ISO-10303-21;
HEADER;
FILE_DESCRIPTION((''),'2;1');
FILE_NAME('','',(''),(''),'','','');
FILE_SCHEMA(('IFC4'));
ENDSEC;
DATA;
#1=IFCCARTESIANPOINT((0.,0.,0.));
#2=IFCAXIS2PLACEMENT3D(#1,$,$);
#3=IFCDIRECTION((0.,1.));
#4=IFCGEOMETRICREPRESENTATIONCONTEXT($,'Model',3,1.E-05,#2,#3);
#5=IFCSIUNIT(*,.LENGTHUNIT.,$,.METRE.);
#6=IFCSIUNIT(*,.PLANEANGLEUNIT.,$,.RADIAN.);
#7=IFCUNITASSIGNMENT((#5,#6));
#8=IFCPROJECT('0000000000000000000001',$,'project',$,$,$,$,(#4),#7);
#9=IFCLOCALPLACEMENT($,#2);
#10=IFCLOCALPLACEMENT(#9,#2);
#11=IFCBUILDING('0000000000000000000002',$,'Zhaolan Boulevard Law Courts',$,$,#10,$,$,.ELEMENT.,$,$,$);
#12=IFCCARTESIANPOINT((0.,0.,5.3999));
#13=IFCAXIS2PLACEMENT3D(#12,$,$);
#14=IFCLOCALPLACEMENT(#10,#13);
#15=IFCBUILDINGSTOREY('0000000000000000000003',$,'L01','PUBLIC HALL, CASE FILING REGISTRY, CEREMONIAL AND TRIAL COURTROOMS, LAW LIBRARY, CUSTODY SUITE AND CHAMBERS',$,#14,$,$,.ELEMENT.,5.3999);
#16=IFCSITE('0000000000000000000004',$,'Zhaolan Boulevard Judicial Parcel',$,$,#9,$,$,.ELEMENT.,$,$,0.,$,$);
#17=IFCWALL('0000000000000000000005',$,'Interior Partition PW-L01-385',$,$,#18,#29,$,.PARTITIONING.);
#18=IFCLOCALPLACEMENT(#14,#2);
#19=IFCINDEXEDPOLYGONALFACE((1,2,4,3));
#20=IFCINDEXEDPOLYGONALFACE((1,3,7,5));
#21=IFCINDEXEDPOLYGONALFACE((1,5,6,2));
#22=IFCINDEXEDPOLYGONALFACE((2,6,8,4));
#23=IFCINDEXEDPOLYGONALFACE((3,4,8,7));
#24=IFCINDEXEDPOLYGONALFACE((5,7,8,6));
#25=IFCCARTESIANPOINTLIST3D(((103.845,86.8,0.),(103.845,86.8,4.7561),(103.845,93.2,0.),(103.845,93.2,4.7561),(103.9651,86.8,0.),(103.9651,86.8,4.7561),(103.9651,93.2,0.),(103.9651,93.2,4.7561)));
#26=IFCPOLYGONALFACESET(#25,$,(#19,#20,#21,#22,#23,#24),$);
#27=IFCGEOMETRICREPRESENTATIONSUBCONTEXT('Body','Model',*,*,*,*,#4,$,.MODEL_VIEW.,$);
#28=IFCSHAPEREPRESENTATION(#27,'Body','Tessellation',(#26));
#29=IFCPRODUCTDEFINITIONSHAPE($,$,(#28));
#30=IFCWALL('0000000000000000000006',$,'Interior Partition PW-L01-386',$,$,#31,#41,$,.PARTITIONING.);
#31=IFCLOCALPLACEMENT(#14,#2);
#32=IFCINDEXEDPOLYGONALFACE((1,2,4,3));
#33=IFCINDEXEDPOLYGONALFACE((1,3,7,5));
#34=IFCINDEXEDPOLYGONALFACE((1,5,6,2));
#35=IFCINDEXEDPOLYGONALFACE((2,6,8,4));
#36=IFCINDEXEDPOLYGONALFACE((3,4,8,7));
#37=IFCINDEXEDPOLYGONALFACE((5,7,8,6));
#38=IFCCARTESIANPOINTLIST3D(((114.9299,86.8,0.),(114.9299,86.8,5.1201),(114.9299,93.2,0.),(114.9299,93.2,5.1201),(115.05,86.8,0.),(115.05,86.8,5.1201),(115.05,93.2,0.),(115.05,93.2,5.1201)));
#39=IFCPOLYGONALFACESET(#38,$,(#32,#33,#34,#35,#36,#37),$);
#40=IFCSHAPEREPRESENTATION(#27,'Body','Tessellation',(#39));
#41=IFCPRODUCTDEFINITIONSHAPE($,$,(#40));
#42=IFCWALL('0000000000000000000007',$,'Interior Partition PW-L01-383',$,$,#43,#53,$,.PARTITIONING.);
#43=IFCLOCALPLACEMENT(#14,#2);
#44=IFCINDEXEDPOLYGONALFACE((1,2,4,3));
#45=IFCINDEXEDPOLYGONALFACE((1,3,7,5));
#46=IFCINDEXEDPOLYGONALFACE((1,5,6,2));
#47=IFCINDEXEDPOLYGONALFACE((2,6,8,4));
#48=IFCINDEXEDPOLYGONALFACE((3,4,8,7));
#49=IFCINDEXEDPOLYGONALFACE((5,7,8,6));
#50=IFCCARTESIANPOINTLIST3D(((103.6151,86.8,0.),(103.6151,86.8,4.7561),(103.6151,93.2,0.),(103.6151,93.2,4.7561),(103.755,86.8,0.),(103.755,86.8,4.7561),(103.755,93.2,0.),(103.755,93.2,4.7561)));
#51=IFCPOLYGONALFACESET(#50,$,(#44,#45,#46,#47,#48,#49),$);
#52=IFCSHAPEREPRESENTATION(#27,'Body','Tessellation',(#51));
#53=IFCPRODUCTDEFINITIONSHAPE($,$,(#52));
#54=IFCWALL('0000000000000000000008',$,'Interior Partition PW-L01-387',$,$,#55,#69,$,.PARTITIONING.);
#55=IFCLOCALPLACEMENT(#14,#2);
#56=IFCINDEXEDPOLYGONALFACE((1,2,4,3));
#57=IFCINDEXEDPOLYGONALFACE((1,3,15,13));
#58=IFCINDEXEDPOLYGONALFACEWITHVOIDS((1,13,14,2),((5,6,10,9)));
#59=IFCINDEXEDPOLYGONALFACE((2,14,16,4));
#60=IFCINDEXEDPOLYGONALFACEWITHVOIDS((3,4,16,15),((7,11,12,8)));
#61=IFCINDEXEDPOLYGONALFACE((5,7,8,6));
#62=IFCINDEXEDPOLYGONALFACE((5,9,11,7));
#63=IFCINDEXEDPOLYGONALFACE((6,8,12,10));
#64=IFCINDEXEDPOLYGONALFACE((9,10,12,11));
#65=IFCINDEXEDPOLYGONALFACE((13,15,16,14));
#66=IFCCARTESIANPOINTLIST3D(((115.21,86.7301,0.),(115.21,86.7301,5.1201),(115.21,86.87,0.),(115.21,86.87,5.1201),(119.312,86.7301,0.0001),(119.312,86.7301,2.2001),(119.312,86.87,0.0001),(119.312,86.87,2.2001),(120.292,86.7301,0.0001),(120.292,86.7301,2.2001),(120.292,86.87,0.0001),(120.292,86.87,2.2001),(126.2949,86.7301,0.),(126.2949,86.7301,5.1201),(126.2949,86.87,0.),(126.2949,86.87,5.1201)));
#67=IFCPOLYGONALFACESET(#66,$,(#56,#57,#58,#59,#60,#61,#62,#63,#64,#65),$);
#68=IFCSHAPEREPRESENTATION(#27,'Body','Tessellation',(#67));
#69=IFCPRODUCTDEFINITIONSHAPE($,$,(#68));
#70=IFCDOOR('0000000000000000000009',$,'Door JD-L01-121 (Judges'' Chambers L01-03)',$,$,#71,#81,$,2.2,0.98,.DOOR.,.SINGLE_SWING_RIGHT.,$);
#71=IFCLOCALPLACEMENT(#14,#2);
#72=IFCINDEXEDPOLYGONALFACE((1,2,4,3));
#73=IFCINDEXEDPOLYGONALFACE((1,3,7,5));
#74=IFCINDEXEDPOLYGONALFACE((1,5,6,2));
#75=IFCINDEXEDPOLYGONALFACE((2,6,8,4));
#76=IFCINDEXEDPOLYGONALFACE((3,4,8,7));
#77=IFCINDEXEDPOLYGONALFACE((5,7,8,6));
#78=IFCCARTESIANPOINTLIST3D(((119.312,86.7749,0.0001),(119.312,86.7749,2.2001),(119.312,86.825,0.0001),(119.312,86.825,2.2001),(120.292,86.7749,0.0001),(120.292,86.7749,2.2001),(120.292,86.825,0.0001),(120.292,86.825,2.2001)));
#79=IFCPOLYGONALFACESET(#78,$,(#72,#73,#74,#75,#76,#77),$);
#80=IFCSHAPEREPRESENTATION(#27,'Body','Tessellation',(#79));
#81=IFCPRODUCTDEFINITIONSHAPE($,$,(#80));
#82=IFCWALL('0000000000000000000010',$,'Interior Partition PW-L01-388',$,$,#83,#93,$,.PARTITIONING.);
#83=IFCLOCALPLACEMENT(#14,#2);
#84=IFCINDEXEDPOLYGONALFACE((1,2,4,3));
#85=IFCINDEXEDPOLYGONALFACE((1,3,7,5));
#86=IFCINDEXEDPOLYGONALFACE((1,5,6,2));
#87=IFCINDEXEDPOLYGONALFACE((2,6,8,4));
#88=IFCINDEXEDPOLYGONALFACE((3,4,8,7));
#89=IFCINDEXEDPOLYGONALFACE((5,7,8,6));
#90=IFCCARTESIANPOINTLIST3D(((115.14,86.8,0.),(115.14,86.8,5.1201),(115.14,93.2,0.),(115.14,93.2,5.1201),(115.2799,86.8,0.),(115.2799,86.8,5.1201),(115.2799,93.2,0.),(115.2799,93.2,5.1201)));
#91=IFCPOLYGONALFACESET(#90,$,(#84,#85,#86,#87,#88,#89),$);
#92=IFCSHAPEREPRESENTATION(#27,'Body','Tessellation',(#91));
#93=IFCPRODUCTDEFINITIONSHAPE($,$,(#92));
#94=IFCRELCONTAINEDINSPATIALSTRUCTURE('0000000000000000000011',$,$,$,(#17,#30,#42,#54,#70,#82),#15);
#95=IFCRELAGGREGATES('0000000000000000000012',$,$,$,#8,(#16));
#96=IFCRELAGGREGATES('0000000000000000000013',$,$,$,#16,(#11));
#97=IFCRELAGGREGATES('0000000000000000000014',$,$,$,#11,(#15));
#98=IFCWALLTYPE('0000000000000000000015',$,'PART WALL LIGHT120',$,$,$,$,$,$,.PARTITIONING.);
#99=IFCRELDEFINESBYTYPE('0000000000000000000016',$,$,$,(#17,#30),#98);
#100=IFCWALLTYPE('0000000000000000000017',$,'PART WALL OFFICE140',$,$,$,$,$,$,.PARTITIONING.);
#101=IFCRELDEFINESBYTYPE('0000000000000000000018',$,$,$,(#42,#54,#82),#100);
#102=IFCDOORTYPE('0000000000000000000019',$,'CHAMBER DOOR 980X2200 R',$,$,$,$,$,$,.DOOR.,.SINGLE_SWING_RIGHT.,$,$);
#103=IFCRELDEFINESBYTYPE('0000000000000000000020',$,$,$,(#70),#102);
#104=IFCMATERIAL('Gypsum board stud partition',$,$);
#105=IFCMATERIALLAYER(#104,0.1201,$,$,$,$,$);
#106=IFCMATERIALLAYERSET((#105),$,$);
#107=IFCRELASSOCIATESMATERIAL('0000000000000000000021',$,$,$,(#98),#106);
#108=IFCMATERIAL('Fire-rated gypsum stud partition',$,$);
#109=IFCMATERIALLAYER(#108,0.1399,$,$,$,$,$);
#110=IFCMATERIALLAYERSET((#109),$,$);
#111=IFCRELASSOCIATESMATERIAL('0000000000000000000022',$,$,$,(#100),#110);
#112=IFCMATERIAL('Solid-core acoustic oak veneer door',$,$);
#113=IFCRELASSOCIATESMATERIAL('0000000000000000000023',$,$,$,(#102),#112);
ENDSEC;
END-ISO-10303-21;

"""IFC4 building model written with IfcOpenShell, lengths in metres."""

from ifc_helpers import new_model, si_unit, direction, frame, frame_2d, origin, place, context, subcontext, project, spatial, rectangle, extrude, material, layer, layer_set, type_object, element, fill, save


model = new_model("IFC4")

# Units and contexts
model_context = context("Model", 3, precision=1e-05, world=origin(), true_north=direction((0.0, 1.0)))
body_context = subcontext(model_context, "Body", "Model", "MODEL_VIEW")
ifc_project = project(units=[si_unit("LENGTHUNIT", "METRE"), si_unit("PLANEANGLEUNIT", "RADIAN")], contexts=[model_context])

# Site, building, storey
site_placement = place(None, origin())
site = spatial("IfcSite", under=ifc_project, at=site_placement, Name="Zhaolan Boulevard Judicial Parcel", CompositionType="ELEMENT", RefElevation=0.0)
building_placement = place(site_placement, origin())
building = spatial("IfcBuilding", under=site, at=building_placement, Name="Zhaolan Boulevard Law Courts", CompositionType="ELEMENT")
storey_placement = place(building_placement, frame((0.0, 0.0, 5.3999)))
storey = spatial("IfcBuildingStorey", under=building, at=storey_placement, Name="L01", Description="PUBLIC HALL, CASE FILING REGISTRY, CEREMONIAL AND TRIAL COURTROOMS, LAW LIBRARY, CUSTODY SUITE AND CHAMBERS", CompositionType="ELEMENT", Elevation=5.3999)

# Shared definitions
ifc_material_1 = material(Name="Gypsum board stud partition")
ifc_layer_1 = layer(ifc_material_1, 0.1201)
ifc_layer_set_1 = layer_set([ifc_layer_1])
wall_type_1 = type_object("IfcWallType", Name="PART WALL LIGHT120", PredefinedType="PARTITIONING", material=ifc_layer_set_1)

# Walls
wall_1_placement = place(storey_placement, frame((103.905, 93.2, 0.0), z_axis=(0.0, 0.0, 1.0), x_axis=(0.0, -1.0, 0.0)))
element("IfcWall", 1, at=wall_1_placement, inside=storey, type_object=wall_type_1, Name="Interior Partition PW-L01-385", PredefinedType="PARTITIONING", context=body_context, shape_type="SweptSolid", body=[
    extrude(rectangle(XDim=6.3999, YDim=0.1201, at=frame_2d((3.2, 0.0))), origin(), (0.0, 0.0, 1.0), 4.7561),
])
wall_2_placement = place(storey_placement, frame((114.99, 86.8, 0.0), z_axis=(0.0, 0.0, 1.0), x_axis=(0.0, 1.0, 0.0)))
element("IfcWall", 2, at=wall_2_placement, inside=storey, type_object=wall_type_1, Name="Interior Partition PW-L01-386", PredefinedType="PARTITIONING", context=body_context, shape_type="SweptSolid", body=[
    extrude(rectangle(XDim=6.3999, YDim=0.1201, at=frame_2d((3.2, 0.0))), origin(), (0.0, 0.0, 1.0), 5.1201),
])
ifc_material_2 = material(Name="Fire-rated gypsum stud partition")
ifc_layer_2 = layer(ifc_material_2, 0.1399)
ifc_layer_set_2 = layer_set([ifc_layer_2])
wall_type_2 = type_object("IfcWallType", Name="PART WALL OFFICE140", PredefinedType="PARTITIONING", material=ifc_layer_set_2)
wall_3_placement = place(storey_placement, frame((103.6851, 86.8, 0.0), z_axis=(0.0, 0.0, 1.0), x_axis=(0.0, 1.0, 0.0)))
element("IfcWall", 3, at=wall_3_placement, inside=storey, type_object=wall_type_2, Name="Interior Partition PW-L01-383", PredefinedType="PARTITIONING", context=body_context, shape_type="SweptSolid", body=[
    extrude(rectangle(XDim=6.3999, YDim=0.1399, at=frame_2d((3.2, 0.0))), origin(), (0.0, 0.0, 1.0), 4.7561),
])

# Wall, opening, door
wall_4_placement = place(storey_placement, frame((115.21, 86.8, 0.0), z_axis=(0.0, 0.0, 1.0), x_axis=(1.0, 0.0, 0.0)))
wall_4 = element("IfcWall", 4, at=wall_4_placement, inside=storey, type_object=wall_type_2, Name="Interior Partition PW-L01-387", PredefinedType="PARTITIONING", context=body_context, shape_type="SweptSolid", body=[
    extrude(rectangle(XDim=11.085, YDim=0.1399, at=frame_2d((5.5425, 0.0))), origin(), (0.0, 0.0, 1.0), 5.1201),
])
opening_1_placement = place(wall_4_placement, frame((4.1021, 0.0, 0.0)))
opening_1 = element("IfcOpeningElement", 5, at=opening_1_placement, cuts=wall_4, PredefinedType="OPENING", context=body_context, shape_type="SweptSolid", body=[
    extrude(rectangle(XDim=0.98, YDim=2.2, at=frame_2d((0.49, 1.1001))), frame((0.0, 0.0798, 0.0), z_axis=(0.0, -1.0, 0.0), x_axis=(1.0, 0.0, 0.0)), (0.0, 0.0, 1.0), 0.1599),
])
ifc_material_3 = material(Name="Solid-core acoustic oak veneer door")
door_type_1 = type_object("IfcDoorType", Name="CHAMBER DOOR 980X2200 R", OperationType="SINGLE_SWING_RIGHT", PredefinedType="DOOR", material=ifc_material_3)
door_1_placement = place(opening_1_placement, origin())
door_1 = element("IfcDoor", 6, at=door_1_placement, inside=storey, type_object=door_type_1, Name="Door JD-L01-121 (Judges' Chambers L01-03)", OperationType="SINGLE_SWING_RIGHT", OverallHeight=2.2, OverallWidth=0.98, PredefinedType="DOOR", context=body_context, shape_type="SweptSolid", body=[
    extrude(rectangle(XDim=0.98, YDim=2.2, at=frame_2d((0.49, 1.1001))), frame((0.0, 0.0249, 0.0), z_axis=(0.0, -1.0, 0.0), x_axis=(1.0, 0.0, 0.0)), (0.0, 0.0, 1.0), 0.05),
])
fill(opening_1, door_1)

# Wall
wall_5_placement = place(storey_placement, frame((115.21, 93.2, 0.0), z_axis=(0.0, 0.0, 1.0), x_axis=(0.0, -1.0, 0.0)))
element("IfcWall", 7, at=wall_5_placement, inside=storey, type_object=wall_type_2, Name="Interior Partition PW-L01-388", PredefinedType="PARTITIONING", context=body_context, shape_type="SweptSolid", body=[
    extrude(rectangle(XDim=6.3999, YDim=0.1399, at=frame_2d((3.2, 0.0))), origin(), (0.0, 0.0, 1.0), 5.1201),
])

save(model, "model.ifc")
